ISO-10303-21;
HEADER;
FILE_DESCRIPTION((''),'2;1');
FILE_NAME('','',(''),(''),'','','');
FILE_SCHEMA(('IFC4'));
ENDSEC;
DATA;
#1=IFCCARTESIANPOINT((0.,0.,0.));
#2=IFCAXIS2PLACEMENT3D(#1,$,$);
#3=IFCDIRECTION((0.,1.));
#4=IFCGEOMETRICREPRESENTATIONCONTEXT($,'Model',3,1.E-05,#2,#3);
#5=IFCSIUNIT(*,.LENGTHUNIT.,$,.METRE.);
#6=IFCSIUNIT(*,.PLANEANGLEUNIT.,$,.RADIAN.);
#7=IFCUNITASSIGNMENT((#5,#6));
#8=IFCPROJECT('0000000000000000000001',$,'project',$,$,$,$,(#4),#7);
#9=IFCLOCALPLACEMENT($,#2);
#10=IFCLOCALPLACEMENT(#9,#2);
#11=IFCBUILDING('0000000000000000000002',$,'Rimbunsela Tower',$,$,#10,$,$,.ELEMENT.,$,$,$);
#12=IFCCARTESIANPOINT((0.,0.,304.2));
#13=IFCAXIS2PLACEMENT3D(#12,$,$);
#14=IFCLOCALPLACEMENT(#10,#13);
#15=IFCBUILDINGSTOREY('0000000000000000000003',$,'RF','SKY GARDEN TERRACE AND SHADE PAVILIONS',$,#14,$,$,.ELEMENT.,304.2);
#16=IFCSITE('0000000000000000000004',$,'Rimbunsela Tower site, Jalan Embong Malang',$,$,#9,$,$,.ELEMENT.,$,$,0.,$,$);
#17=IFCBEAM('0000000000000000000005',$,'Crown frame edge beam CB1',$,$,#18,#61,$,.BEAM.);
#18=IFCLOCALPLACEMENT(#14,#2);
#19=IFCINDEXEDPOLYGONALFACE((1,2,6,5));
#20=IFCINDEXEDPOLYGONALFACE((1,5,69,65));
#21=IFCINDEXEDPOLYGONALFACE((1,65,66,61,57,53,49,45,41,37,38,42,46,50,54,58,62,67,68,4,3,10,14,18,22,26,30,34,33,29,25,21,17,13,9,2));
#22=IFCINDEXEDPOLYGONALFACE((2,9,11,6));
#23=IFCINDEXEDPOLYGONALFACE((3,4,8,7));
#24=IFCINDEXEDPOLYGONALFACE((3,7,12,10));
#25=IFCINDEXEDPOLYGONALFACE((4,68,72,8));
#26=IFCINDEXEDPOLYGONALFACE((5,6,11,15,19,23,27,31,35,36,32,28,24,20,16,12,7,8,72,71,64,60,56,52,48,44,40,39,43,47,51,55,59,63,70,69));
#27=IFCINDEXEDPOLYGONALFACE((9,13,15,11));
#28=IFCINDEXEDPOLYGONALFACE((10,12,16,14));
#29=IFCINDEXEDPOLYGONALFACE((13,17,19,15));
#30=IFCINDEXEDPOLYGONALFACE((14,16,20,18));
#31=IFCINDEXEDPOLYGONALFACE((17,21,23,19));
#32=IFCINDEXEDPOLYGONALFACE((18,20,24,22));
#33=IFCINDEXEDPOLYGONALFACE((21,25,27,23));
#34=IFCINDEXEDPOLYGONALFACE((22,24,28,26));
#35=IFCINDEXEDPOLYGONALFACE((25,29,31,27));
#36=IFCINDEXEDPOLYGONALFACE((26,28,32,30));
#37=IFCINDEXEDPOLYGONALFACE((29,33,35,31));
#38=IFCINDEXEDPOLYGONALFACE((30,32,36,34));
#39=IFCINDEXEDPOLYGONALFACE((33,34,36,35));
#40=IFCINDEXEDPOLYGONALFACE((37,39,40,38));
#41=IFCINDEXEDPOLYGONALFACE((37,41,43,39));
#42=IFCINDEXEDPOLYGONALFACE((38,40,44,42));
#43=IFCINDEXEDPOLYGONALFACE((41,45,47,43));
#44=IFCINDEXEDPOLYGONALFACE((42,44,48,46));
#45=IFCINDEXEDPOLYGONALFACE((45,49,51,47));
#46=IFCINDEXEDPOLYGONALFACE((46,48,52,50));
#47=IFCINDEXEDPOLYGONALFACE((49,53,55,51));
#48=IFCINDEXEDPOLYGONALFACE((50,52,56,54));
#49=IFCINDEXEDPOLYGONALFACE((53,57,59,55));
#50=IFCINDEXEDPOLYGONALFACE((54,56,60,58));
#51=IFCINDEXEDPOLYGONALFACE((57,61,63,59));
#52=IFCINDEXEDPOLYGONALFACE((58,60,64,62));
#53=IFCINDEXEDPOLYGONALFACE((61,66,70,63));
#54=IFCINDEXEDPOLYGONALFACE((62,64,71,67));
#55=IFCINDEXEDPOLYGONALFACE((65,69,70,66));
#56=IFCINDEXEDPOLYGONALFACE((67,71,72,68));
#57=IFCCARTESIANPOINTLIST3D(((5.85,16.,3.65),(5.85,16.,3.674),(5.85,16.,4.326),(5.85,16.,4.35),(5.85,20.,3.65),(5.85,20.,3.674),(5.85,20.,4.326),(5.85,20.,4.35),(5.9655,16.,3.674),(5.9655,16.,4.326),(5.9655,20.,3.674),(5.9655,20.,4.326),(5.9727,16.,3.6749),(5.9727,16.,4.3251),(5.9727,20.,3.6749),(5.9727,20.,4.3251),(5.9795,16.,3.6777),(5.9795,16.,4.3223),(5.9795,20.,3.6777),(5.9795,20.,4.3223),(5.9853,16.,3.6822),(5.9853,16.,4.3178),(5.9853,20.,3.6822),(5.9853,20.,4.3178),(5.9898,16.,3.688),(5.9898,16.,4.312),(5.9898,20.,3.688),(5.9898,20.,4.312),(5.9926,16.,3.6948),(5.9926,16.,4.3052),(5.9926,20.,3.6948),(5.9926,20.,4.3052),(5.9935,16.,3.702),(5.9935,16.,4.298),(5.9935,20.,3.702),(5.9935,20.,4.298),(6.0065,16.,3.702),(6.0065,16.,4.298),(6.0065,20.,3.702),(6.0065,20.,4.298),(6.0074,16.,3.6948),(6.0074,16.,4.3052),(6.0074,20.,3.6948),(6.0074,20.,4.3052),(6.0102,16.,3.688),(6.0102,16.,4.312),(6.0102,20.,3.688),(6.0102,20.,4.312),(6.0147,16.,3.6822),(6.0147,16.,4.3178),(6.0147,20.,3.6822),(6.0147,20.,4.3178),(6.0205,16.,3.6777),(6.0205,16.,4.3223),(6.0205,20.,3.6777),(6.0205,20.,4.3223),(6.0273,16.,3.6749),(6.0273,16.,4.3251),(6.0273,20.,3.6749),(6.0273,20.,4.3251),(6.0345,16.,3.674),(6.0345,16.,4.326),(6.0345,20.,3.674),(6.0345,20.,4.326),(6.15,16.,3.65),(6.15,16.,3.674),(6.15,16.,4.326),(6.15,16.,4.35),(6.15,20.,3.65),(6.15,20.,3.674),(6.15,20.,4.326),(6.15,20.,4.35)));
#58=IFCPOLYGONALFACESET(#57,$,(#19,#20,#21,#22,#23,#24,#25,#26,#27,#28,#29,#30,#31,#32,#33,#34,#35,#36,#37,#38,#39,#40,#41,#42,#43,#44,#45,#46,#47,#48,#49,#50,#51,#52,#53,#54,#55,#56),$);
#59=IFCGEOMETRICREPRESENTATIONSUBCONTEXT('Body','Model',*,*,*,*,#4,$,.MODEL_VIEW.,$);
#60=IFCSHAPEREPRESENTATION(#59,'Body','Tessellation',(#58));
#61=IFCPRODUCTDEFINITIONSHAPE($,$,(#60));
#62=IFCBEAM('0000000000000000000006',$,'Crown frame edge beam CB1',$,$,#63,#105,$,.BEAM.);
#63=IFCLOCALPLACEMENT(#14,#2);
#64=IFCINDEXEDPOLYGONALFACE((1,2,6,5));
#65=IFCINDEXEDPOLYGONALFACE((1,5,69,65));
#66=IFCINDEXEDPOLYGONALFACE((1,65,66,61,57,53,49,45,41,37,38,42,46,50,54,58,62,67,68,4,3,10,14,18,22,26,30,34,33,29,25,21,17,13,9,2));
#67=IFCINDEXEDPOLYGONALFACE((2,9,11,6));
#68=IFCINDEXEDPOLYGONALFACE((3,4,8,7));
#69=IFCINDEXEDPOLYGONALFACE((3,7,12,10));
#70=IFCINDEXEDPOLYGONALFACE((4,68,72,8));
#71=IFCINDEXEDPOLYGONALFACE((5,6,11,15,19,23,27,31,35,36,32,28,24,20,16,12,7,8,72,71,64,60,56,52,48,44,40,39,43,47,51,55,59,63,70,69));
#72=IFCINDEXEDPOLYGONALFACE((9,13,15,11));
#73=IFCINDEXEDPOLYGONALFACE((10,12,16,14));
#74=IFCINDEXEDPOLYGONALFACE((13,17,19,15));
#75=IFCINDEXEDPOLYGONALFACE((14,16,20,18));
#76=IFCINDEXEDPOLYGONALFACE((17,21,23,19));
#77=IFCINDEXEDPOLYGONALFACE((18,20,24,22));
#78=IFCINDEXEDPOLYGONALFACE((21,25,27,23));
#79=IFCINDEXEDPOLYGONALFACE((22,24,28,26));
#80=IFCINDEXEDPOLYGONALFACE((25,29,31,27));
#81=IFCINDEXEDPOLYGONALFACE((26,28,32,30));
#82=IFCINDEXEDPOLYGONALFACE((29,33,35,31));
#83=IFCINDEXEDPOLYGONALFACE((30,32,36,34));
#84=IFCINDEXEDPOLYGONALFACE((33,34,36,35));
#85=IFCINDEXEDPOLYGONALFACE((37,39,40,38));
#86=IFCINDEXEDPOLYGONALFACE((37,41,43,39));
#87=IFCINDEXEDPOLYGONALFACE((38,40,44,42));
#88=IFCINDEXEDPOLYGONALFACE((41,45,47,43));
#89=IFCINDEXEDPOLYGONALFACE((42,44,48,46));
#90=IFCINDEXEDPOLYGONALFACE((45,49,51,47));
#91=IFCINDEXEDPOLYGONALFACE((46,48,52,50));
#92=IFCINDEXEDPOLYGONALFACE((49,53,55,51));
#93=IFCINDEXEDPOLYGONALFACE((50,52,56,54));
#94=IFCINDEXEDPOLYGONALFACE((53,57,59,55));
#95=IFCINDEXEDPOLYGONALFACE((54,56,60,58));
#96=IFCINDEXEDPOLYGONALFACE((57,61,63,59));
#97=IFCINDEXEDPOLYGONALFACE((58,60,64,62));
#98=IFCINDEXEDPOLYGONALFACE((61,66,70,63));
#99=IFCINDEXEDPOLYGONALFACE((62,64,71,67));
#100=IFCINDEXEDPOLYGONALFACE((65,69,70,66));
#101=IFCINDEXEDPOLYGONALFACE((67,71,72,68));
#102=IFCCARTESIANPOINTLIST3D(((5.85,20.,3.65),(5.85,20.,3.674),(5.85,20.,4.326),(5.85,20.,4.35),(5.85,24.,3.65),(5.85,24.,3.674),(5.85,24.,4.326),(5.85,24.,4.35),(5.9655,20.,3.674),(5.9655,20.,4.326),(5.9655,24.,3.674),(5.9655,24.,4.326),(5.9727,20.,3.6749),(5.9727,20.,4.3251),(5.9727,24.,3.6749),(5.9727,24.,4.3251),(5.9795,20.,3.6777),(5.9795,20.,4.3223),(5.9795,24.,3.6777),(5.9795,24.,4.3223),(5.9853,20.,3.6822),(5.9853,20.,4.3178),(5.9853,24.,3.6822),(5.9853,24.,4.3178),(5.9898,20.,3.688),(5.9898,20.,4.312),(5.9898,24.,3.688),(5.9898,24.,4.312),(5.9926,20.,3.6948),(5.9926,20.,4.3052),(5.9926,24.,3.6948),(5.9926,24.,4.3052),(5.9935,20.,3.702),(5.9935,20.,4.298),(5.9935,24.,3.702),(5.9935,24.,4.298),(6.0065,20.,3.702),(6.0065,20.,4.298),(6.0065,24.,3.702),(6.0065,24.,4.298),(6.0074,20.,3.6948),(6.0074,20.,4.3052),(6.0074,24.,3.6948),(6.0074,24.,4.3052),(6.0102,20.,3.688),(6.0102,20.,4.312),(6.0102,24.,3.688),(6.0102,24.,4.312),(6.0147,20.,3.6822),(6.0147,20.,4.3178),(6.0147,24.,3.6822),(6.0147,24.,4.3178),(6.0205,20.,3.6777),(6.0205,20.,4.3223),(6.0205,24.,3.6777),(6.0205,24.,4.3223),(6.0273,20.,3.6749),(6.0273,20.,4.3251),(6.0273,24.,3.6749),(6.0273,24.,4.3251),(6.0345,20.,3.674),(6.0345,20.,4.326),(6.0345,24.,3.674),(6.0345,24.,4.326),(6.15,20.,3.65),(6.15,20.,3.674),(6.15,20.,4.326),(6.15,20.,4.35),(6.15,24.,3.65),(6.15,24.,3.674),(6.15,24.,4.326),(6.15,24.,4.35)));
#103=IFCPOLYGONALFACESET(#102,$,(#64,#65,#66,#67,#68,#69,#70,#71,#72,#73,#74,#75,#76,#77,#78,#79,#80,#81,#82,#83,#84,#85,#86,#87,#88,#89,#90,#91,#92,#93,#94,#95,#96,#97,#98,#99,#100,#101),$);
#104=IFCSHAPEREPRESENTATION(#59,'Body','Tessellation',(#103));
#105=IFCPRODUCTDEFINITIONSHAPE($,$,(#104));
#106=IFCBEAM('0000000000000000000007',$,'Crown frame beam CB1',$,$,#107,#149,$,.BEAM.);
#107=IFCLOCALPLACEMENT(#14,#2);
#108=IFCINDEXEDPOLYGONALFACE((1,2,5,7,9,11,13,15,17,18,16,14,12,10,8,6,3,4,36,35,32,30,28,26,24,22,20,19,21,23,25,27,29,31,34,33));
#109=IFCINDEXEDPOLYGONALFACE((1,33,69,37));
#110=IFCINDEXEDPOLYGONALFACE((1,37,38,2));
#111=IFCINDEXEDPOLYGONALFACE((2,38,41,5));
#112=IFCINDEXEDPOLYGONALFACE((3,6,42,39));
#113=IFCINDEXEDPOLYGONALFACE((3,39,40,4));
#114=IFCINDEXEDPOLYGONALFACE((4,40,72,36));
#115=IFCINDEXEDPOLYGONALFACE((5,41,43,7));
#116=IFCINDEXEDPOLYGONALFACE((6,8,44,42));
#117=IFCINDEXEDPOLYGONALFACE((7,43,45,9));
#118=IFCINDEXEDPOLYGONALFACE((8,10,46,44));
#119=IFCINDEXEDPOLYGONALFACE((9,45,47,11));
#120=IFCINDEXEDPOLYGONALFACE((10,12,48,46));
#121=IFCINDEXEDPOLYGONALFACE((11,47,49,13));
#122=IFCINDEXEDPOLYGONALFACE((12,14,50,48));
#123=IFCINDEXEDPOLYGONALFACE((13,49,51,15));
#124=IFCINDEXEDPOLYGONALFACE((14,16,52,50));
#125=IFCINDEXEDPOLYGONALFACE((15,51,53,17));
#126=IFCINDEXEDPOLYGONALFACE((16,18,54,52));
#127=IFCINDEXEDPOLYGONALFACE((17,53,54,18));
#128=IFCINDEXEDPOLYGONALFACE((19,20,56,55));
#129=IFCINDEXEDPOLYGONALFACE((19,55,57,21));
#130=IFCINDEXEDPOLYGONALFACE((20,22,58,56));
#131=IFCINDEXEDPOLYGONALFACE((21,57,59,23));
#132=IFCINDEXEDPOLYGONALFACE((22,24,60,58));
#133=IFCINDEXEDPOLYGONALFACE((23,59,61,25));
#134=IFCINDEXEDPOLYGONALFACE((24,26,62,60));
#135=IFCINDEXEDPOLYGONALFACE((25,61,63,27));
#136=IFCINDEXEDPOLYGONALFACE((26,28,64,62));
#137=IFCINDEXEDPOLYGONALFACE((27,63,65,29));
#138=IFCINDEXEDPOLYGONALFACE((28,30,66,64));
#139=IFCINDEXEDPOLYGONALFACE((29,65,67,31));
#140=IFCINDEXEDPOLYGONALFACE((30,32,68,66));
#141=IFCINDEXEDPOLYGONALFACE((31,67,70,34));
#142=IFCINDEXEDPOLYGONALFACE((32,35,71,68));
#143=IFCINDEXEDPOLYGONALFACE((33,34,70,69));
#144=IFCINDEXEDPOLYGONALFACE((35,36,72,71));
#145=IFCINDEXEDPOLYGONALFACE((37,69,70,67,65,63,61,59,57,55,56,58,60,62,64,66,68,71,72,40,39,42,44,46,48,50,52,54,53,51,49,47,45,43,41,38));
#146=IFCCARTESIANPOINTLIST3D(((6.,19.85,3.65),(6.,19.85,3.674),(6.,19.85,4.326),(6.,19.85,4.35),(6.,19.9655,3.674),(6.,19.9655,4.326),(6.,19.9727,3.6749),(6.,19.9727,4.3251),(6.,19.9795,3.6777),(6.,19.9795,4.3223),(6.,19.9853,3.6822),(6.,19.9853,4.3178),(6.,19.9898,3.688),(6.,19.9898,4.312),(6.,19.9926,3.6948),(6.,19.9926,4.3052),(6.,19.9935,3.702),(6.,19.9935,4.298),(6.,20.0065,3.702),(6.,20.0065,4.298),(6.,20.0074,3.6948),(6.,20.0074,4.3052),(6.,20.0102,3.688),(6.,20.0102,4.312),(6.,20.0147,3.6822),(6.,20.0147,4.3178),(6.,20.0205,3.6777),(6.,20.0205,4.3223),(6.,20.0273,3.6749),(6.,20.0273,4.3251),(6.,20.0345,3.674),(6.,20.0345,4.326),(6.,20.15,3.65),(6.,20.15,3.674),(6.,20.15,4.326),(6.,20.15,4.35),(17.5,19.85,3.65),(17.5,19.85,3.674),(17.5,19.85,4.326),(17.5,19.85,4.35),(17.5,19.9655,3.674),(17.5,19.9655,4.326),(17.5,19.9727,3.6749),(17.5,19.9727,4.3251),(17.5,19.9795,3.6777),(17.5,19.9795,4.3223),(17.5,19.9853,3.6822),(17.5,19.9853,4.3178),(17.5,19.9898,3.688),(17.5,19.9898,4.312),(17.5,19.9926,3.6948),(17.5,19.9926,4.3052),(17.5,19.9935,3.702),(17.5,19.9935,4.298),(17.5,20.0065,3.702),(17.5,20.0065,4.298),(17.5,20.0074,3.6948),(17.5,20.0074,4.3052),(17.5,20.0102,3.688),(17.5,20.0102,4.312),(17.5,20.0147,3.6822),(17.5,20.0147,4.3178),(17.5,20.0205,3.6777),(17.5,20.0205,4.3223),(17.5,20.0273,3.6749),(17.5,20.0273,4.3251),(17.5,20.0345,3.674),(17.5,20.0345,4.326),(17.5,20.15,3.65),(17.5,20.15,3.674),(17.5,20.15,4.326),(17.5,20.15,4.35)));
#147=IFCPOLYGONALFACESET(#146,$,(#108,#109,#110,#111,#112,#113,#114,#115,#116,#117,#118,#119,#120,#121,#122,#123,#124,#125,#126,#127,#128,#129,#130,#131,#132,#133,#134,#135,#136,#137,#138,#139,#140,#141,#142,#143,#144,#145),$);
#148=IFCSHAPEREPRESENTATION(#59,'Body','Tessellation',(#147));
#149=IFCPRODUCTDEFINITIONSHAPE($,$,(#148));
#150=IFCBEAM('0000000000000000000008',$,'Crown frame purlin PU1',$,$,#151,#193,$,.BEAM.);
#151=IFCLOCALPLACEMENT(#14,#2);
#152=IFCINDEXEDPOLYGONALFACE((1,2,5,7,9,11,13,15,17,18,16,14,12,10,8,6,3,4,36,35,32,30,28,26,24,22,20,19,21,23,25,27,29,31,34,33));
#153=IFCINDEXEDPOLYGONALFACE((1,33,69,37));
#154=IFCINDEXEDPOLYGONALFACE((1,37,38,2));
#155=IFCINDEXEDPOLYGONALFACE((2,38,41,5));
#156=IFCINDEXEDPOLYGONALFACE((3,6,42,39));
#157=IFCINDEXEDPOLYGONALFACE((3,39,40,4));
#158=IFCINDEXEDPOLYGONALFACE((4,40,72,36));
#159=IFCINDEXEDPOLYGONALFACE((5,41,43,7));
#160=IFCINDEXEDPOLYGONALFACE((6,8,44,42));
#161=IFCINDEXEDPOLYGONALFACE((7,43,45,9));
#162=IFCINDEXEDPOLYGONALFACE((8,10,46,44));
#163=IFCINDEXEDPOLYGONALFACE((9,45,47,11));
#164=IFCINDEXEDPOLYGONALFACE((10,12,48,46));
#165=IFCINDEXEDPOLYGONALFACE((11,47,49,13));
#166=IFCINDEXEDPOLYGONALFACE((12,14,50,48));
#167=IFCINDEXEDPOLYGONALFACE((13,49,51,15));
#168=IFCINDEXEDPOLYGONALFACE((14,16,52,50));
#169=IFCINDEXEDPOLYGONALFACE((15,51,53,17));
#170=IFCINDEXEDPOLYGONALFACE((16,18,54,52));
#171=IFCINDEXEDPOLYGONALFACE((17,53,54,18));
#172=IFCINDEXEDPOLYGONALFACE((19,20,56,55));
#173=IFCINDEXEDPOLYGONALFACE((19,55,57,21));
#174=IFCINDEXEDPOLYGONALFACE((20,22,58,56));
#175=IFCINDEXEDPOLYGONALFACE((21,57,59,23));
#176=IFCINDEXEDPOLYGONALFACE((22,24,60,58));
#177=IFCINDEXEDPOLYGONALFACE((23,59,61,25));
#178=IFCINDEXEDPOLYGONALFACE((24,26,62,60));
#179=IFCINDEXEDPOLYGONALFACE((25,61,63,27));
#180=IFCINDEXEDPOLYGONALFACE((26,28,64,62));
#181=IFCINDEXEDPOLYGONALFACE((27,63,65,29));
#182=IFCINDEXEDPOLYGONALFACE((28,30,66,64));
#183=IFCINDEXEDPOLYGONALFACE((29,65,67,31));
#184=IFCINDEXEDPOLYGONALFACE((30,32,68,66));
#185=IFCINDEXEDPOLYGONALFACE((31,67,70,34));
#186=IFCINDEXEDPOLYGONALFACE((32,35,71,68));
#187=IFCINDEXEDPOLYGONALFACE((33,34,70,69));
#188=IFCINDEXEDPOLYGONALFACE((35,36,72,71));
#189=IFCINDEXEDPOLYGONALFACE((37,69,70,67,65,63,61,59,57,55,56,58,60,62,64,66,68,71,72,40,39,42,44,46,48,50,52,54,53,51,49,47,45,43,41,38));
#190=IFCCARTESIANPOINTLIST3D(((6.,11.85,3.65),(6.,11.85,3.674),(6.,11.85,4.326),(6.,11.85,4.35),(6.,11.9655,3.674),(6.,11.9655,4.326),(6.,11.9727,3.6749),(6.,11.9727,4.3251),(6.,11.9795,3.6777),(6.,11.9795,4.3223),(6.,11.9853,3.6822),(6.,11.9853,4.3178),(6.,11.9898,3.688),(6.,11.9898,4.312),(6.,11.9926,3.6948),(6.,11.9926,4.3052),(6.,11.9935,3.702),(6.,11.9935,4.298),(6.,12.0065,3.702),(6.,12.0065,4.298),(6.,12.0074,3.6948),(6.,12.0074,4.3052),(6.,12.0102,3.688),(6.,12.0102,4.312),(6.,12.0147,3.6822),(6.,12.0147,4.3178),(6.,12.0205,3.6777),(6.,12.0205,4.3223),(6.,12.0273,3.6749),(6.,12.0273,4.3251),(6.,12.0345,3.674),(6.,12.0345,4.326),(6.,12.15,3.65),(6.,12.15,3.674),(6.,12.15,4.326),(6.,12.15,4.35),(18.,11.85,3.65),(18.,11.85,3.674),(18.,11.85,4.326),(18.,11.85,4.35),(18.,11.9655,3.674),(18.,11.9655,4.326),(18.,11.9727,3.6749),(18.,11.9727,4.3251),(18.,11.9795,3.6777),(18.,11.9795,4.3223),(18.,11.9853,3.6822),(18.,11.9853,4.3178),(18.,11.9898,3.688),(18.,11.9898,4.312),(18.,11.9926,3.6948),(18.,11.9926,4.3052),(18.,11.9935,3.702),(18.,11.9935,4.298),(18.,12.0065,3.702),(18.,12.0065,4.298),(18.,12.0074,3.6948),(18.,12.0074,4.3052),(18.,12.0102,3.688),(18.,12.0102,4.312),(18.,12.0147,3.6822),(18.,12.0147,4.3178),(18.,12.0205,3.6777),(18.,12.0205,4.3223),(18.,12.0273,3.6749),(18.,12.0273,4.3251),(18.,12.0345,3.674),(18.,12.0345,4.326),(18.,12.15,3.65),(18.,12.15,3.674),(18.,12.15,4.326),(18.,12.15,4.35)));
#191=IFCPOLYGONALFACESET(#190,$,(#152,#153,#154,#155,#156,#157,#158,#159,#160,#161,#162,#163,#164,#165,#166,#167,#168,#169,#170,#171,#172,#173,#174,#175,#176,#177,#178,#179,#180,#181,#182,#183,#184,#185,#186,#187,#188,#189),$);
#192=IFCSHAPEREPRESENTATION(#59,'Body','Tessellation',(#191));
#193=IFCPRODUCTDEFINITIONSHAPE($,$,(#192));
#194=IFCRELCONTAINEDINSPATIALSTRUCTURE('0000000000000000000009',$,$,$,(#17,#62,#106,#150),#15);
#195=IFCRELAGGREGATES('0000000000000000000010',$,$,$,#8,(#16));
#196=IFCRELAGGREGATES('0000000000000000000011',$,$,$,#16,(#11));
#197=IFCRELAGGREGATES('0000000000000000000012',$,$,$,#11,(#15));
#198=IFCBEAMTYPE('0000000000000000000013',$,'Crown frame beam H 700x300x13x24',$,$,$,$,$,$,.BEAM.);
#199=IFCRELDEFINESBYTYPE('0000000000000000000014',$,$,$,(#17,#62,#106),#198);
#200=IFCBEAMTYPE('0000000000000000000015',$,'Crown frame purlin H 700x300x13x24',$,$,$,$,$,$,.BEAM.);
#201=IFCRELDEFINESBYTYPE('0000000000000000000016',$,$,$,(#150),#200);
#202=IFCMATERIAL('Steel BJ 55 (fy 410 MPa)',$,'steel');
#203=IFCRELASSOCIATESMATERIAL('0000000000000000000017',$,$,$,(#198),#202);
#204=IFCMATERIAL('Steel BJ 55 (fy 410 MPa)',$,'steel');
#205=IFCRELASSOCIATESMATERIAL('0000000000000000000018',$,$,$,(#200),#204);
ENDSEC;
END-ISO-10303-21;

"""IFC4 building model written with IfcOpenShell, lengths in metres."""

from ifc_helpers import new_model, si_unit, direction, frame, origin, origin_2d, place, context, subcontext, project, spatial, i_section, extrude, material, material_profile, profile_set, type_object, element, save


model = new_model("IFC4")

# Units and contexts
model_context = context("Model", 3, precision=1e-05, world=origin(), true_north=direction((0.0, 1.0)))
body_context = subcontext(model_context, "Body", "Model", "MODEL_VIEW")
ifc_project = project(units=[si_unit("LENGTHUNIT", "METRE"), si_unit("PLANEANGLEUNIT", "RADIAN")], contexts=[model_context])

# Site, building, storey
site_placement = place(None, origin())
site = spatial("IfcSite", under=ifc_project, at=site_placement, Name="Rimbunsela Tower site, Jalan Embong Malang", CompositionType="ELEMENT", RefElevation=0.0)
building_placement = place(site_placement, origin())
building = spatial("IfcBuilding", under=site, at=building_placement, Name="Rimbunsela Tower", CompositionType="ELEMENT")
storey_placement = place(building_placement, frame((0.0, 0.0, 304.2)))
storey = spatial("IfcBuildingStorey", under=building, at=storey_placement, Name="RF", Description="SKY GARDEN TERRACE AND SHADE PAVILIONS", CompositionType="ELEMENT", Elevation=304.2)

# Beams
ifc_material_1 = material(Name="Steel BJ 55 (fy 410 MPa)", Category="steel")
ifc_material_profile_1 = material_profile(ifc_material_1, i_section(OverallWidth=0.3, OverallDepth=0.7, WebThickness=0.0129, FlangeThickness=0.0239, FilletRadius=0.0281, at=origin_2d()), Name="H 700x300x13x24")
ifc_profile_set_1 = profile_set([ifc_material_profile_1], Name="Steel BJ 55 (fy 410 MPa)")
beam_type_1 = type_object("IfcBeamType", Name="Crown frame beam H 700x300x13x24", PredefinedType="BEAM", material=ifc_profile_set_1)
for number, where, z_axis, x_axis, name in (
    (1, (6.0, 16.0, 4.0), (0.0, 1.0, 0.0), (-1.0, 0.0, 0.0), "Crown frame edge beam CB1"),
    (2, (6.0, 20.0, 4.0), (0.0, 1.0, 0.0), (-1.0, 0.0, 0.0), "Crown frame edge beam CB1"),
):
    element("IfcBeam", number, at=place(storey_placement, frame(where, z_axis=z_axis, x_axis=x_axis)), inside=storey, type_object=beam_type_1, Name=name, PredefinedType="BEAM", context=body_context, shape_type="SweptSolid", body=[
        extrude(i_section(OverallWidth=0.3, OverallDepth=0.7, WebThickness=0.0129, FlangeThickness=0.0239, FilletRadius=0.0281, at=origin_2d()), origin(), (0.0, 0.0, 1.0), 4.0),
    ])
beam_1_placement = place(storey_placement, frame((6.0, 20.0, 4.0), z_axis=(1.0, 0.0, 0.0), x_axis=(0.0, 1.0, 0.0)))
element("IfcBeam", 3, at=beam_1_placement, inside=storey, type_object=beam_type_1, Name="Crown frame beam CB1", PredefinedType="BEAM", context=body_context, shape_type="SweptSolid", body=[
    extrude(i_section(OverallWidth=0.3, OverallDepth=0.7, WebThickness=0.0129, FlangeThickness=0.0239, FilletRadius=0.0281, at=origin_2d()), origin(), (0.0, 0.0, 1.0), 11.5),
])
ifc_material_2 = material(Name="Steel BJ 55 (fy 410 MPa)", Category="steel")
ifc_material_profile_2 = material_profile(ifc_material_2, i_section(OverallWidth=0.3, OverallDepth=0.7, WebThickness=0.0129, FlangeThickness=0.0239, FilletRadius=0.0281, at=origin_2d()), Name="H 700x300x13x24")
ifc_profile_set_2 = profile_set([ifc_material_profile_2], Name="Steel BJ 55 (fy 410 MPa)")
beam_type_2 = type_object("IfcBeamType", Name="Crown frame purlin H 700x300x13x24", PredefinedType="BEAM", material=ifc_profile_set_2)
for number, where, z_axis, x_axis, name in (
    (4, (6.0, 12.0, 4.0), (1.0, 0.0, 0.0), (0.0, 1.0, 0.0), "Crown frame purlin PU1"),
):
    element("IfcBeam", number, at=place(storey_placement, frame(where, z_axis=z_axis, x_axis=x_axis)), inside=storey, type_object=beam_type_2, Name=name, PredefinedType="BEAM", context=body_context, shape_type="SweptSolid", body=[
        extrude(i_section(OverallWidth=0.3, OverallDepth=0.7, WebThickness=0.0129, FlangeThickness=0.0239, FilletRadius=0.0281, at=origin_2d()), origin(), (0.0, 0.0, 1.0), 12.0),
    ])

save(model, "model.ifc")
